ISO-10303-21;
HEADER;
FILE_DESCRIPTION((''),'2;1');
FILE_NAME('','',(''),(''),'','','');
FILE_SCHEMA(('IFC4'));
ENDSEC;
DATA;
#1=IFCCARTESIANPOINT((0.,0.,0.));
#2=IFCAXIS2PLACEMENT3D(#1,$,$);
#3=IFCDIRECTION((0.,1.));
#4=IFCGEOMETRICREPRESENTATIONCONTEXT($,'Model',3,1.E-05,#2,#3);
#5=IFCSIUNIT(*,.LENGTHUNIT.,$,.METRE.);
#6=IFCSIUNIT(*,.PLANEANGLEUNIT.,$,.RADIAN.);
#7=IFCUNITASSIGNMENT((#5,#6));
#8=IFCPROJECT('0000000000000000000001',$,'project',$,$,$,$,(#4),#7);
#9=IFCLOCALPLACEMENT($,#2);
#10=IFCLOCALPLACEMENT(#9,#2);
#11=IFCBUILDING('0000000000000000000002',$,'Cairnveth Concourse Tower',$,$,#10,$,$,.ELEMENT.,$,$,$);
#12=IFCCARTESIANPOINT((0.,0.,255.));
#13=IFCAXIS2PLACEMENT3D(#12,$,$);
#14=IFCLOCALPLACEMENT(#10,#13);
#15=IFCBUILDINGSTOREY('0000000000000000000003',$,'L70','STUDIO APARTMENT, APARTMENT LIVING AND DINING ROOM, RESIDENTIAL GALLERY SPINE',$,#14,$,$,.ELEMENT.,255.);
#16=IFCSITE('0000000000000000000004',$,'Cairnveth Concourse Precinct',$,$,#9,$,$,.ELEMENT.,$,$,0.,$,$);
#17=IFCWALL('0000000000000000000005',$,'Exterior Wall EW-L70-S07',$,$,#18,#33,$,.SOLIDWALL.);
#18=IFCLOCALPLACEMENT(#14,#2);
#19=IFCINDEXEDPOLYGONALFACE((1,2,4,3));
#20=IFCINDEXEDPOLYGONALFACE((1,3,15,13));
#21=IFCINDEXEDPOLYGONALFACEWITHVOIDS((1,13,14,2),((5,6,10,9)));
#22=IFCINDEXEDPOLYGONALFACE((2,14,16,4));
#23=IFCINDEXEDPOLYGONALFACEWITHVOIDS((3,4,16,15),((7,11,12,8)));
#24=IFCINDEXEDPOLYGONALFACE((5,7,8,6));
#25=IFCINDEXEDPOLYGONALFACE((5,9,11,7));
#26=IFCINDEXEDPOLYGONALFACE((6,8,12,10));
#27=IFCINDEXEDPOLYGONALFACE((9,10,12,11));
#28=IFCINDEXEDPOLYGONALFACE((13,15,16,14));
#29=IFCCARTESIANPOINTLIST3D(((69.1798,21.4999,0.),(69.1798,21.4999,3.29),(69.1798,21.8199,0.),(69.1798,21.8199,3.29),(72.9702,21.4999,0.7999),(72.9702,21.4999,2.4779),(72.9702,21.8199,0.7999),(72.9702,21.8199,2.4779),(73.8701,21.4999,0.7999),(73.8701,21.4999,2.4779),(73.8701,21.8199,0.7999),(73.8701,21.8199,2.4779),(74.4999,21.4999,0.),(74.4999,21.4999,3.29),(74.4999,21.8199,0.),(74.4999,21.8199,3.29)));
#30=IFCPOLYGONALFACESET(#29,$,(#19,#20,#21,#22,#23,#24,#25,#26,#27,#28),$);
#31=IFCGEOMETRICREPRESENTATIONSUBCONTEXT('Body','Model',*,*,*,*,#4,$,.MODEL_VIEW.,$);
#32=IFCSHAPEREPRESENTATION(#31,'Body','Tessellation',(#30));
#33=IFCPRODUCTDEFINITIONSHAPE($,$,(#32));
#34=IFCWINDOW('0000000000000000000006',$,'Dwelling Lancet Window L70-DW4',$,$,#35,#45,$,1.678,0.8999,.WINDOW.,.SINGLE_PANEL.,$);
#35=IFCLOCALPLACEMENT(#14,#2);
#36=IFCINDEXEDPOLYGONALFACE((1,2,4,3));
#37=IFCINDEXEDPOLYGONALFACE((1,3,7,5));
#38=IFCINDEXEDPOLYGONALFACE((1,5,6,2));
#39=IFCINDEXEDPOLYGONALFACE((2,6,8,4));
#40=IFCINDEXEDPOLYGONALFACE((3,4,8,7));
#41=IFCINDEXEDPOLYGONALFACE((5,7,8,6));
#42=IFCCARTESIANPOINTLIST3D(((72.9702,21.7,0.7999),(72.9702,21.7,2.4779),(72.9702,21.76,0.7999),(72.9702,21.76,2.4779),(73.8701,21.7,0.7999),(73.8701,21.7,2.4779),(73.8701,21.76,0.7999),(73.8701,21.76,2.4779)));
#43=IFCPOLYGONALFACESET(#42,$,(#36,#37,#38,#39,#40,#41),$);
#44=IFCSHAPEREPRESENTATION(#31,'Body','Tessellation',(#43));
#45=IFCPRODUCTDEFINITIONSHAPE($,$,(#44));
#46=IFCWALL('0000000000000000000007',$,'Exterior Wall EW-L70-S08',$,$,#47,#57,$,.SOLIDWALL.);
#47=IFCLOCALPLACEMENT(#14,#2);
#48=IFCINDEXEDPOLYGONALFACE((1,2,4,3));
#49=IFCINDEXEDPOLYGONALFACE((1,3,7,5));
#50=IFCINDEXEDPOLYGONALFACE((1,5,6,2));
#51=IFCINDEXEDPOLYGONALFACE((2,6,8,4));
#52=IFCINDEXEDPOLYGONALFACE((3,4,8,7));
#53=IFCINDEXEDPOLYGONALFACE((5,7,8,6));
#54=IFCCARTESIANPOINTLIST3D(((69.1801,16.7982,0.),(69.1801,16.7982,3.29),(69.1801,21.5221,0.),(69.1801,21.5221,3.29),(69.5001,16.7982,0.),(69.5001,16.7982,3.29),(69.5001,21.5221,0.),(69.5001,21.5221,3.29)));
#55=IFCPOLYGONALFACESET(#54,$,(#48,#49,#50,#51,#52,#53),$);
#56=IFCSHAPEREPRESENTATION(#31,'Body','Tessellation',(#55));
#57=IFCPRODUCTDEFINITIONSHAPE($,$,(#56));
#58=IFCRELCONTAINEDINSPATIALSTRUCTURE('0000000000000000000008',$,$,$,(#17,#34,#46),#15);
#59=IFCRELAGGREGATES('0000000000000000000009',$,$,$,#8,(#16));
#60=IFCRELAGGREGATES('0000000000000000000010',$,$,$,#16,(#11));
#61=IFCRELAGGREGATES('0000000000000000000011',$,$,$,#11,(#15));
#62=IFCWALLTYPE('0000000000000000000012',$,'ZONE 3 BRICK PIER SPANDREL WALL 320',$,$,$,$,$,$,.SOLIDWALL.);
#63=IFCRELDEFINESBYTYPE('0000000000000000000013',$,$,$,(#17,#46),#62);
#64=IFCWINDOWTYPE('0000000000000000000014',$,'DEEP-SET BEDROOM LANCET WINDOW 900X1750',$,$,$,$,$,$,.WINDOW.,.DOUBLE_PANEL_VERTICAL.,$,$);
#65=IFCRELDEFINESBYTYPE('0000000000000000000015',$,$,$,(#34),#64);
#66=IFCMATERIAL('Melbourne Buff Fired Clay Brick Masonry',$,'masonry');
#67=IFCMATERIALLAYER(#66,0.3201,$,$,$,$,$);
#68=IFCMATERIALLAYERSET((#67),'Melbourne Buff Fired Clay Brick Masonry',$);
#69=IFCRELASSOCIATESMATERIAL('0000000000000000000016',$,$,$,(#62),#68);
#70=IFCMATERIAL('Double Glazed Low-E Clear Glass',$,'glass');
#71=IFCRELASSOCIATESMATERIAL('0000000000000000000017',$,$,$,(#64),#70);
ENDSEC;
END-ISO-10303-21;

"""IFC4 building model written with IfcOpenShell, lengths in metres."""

from ifc_helpers import new_model, si_unit, direction, frame, frame_2d, origin, place, context, subcontext, project, spatial, rectangle, extrude, material, layer, layer_set, type_object, element, fill, save


model = new_model("IFC4")

# Units and contexts
model_context = context("Model", 3, precision=1e-05, world=origin(), true_north=direction((0.0, 1.0)))
body_context = subcontext(model_context, "Body", "Model", "MODEL_VIEW")
ifc_project = project(units=[si_unit("LENGTHUNIT", "METRE"), si_unit("PLANEANGLEUNIT", "RADIAN")], contexts=[model_context])

# Site, building, storey
site_placement = place(None, origin())
site = spatial("IfcSite", under=ifc_project, at=site_placement, Name="Cairnveth Concourse Precinct", CompositionType="ELEMENT", RefElevation=0.0)
building_placement = place(site_placement, origin())
building = spatial("IfcBuilding", under=site, at=building_placement, Name="Cairnveth Concourse Tower", CompositionType="ELEMENT")
storey_placement = place(building_placement, frame((0.0, 0.0, 255.0)))
storey = spatial("IfcBuildingStorey", under=building, at=storey_placement, Name="L70", Description="STUDIO APARTMENT, APARTMENT LIVING AND DINING ROOM, RESIDENTIAL GALLERY SPINE", CompositionType="ELEMENT", Elevation=255.0)

# Wall, opening, window
ifc_material_1 = material(Name="Melbourne Buff Fired Clay Brick Masonry", Category="masonry")
ifc_layer_1 = layer(ifc_material_1, 0.3201)
ifc_layer_set_1 = layer_set([ifc_layer_1], Name="Melbourne Buff Fired Clay Brick Masonry")
wall_type_1 = type_object("IfcWallType", Name="ZONE 3 BRICK PIER SPANDREL WALL 320", PredefinedType="SOLIDWALL", material=ifc_layer_set_1)
wall_1_placement = place(storey_placement, frame((74.5, 21.6599, 0.0), z_axis=(0.0, 0.0, 1.0), x_axis=(-1.0, 0.0, 0.0)))
wall_1 = element("IfcWall", 1, at=wall_1_placement, inside=storey, type_object=wall_type_1, Name="Exterior Wall EW-L70-S07", PredefinedType="SOLIDWALL", context=body_context, shape_type="SweptSolid", body=[
    extrude(rectangle(XDim=5.3201, YDim=0.3201, at=frame_2d((2.6602, 0.0))), origin(), (0.0, 0.0, 1.0), 3.29),
])
opening_1_placement = place(wall_1_placement, frame((0.6299, 0.0, 0.8)))
opening_1 = element("IfcOpeningElement", 2, at=opening_1_placement, cuts=wall_1, PredefinedType="OPENING", context=body_context, shape_type="SweptSolid", body=[
    extrude(rectangle(XDim=0.8999, YDim=1.678, at=frame_2d((0.45, 0.8389))), frame((0.0, 0.1699, 0.0), z_axis=(0.0, -1.0, 0.0), x_axis=(1.0, 0.0, 0.0)), (0.0, 0.0, 1.0), 0.3401),
])
ifc_material_2 = material(Name="Double Glazed Low-E Clear Glass", Category="glass")
window_type_1 = type_object("IfcWindowType", Name="DEEP-SET BEDROOM LANCET WINDOW 900X1750", PartitioningType="DOUBLE_PANEL_VERTICAL", PredefinedType="WINDOW", material=ifc_material_2)
window_1_placement = place(opening_1_placement, origin())
window_1 = element("IfcWindow", 3, at=window_1_placement, inside=storey, type_object=window_type_1, Name="Dwelling Lancet Window L70-DW4", OverallHeight=1.678, OverallWidth=0.8999, PartitioningType="SINGLE_PANEL", PredefinedType="WINDOW", context=body_context, shape_type="SweptSolid", body=[
    extrude(rectangle(XDim=0.8999, YDim=1.678, at=frame_2d((0.45, 0.8389))), frame((0.0, -0.04, 0.0), z_axis=(0.0, -1.0, 0.0), x_axis=(1.0, 0.0, 0.0)), (0.0, 0.0, 1.0), 0.0601),
])
fill(opening_1, window_1)

# Wall
wall_2_placement = place(storey_placement, frame((69.3401, 21.522, 0.0), z_axis=(0.0, 0.0, 1.0), x_axis=(0.0, -1.0, 0.0)))
element("IfcWall", 4, at=wall_2_placement, inside=storey, type_object=wall_type_1, Name="Exterior Wall EW-L70-S08", PredefinedType="SOLIDWALL", context=body_context, shape_type="SweptSolid", body=[
    extrude(rectangle(XDim=4.7239, YDim=0.3201, at=frame_2d((2.3618, 0.0))), origin(), (0.0, 0.0, 1.0), 3.29),
])

save(model, "model.ifc")
